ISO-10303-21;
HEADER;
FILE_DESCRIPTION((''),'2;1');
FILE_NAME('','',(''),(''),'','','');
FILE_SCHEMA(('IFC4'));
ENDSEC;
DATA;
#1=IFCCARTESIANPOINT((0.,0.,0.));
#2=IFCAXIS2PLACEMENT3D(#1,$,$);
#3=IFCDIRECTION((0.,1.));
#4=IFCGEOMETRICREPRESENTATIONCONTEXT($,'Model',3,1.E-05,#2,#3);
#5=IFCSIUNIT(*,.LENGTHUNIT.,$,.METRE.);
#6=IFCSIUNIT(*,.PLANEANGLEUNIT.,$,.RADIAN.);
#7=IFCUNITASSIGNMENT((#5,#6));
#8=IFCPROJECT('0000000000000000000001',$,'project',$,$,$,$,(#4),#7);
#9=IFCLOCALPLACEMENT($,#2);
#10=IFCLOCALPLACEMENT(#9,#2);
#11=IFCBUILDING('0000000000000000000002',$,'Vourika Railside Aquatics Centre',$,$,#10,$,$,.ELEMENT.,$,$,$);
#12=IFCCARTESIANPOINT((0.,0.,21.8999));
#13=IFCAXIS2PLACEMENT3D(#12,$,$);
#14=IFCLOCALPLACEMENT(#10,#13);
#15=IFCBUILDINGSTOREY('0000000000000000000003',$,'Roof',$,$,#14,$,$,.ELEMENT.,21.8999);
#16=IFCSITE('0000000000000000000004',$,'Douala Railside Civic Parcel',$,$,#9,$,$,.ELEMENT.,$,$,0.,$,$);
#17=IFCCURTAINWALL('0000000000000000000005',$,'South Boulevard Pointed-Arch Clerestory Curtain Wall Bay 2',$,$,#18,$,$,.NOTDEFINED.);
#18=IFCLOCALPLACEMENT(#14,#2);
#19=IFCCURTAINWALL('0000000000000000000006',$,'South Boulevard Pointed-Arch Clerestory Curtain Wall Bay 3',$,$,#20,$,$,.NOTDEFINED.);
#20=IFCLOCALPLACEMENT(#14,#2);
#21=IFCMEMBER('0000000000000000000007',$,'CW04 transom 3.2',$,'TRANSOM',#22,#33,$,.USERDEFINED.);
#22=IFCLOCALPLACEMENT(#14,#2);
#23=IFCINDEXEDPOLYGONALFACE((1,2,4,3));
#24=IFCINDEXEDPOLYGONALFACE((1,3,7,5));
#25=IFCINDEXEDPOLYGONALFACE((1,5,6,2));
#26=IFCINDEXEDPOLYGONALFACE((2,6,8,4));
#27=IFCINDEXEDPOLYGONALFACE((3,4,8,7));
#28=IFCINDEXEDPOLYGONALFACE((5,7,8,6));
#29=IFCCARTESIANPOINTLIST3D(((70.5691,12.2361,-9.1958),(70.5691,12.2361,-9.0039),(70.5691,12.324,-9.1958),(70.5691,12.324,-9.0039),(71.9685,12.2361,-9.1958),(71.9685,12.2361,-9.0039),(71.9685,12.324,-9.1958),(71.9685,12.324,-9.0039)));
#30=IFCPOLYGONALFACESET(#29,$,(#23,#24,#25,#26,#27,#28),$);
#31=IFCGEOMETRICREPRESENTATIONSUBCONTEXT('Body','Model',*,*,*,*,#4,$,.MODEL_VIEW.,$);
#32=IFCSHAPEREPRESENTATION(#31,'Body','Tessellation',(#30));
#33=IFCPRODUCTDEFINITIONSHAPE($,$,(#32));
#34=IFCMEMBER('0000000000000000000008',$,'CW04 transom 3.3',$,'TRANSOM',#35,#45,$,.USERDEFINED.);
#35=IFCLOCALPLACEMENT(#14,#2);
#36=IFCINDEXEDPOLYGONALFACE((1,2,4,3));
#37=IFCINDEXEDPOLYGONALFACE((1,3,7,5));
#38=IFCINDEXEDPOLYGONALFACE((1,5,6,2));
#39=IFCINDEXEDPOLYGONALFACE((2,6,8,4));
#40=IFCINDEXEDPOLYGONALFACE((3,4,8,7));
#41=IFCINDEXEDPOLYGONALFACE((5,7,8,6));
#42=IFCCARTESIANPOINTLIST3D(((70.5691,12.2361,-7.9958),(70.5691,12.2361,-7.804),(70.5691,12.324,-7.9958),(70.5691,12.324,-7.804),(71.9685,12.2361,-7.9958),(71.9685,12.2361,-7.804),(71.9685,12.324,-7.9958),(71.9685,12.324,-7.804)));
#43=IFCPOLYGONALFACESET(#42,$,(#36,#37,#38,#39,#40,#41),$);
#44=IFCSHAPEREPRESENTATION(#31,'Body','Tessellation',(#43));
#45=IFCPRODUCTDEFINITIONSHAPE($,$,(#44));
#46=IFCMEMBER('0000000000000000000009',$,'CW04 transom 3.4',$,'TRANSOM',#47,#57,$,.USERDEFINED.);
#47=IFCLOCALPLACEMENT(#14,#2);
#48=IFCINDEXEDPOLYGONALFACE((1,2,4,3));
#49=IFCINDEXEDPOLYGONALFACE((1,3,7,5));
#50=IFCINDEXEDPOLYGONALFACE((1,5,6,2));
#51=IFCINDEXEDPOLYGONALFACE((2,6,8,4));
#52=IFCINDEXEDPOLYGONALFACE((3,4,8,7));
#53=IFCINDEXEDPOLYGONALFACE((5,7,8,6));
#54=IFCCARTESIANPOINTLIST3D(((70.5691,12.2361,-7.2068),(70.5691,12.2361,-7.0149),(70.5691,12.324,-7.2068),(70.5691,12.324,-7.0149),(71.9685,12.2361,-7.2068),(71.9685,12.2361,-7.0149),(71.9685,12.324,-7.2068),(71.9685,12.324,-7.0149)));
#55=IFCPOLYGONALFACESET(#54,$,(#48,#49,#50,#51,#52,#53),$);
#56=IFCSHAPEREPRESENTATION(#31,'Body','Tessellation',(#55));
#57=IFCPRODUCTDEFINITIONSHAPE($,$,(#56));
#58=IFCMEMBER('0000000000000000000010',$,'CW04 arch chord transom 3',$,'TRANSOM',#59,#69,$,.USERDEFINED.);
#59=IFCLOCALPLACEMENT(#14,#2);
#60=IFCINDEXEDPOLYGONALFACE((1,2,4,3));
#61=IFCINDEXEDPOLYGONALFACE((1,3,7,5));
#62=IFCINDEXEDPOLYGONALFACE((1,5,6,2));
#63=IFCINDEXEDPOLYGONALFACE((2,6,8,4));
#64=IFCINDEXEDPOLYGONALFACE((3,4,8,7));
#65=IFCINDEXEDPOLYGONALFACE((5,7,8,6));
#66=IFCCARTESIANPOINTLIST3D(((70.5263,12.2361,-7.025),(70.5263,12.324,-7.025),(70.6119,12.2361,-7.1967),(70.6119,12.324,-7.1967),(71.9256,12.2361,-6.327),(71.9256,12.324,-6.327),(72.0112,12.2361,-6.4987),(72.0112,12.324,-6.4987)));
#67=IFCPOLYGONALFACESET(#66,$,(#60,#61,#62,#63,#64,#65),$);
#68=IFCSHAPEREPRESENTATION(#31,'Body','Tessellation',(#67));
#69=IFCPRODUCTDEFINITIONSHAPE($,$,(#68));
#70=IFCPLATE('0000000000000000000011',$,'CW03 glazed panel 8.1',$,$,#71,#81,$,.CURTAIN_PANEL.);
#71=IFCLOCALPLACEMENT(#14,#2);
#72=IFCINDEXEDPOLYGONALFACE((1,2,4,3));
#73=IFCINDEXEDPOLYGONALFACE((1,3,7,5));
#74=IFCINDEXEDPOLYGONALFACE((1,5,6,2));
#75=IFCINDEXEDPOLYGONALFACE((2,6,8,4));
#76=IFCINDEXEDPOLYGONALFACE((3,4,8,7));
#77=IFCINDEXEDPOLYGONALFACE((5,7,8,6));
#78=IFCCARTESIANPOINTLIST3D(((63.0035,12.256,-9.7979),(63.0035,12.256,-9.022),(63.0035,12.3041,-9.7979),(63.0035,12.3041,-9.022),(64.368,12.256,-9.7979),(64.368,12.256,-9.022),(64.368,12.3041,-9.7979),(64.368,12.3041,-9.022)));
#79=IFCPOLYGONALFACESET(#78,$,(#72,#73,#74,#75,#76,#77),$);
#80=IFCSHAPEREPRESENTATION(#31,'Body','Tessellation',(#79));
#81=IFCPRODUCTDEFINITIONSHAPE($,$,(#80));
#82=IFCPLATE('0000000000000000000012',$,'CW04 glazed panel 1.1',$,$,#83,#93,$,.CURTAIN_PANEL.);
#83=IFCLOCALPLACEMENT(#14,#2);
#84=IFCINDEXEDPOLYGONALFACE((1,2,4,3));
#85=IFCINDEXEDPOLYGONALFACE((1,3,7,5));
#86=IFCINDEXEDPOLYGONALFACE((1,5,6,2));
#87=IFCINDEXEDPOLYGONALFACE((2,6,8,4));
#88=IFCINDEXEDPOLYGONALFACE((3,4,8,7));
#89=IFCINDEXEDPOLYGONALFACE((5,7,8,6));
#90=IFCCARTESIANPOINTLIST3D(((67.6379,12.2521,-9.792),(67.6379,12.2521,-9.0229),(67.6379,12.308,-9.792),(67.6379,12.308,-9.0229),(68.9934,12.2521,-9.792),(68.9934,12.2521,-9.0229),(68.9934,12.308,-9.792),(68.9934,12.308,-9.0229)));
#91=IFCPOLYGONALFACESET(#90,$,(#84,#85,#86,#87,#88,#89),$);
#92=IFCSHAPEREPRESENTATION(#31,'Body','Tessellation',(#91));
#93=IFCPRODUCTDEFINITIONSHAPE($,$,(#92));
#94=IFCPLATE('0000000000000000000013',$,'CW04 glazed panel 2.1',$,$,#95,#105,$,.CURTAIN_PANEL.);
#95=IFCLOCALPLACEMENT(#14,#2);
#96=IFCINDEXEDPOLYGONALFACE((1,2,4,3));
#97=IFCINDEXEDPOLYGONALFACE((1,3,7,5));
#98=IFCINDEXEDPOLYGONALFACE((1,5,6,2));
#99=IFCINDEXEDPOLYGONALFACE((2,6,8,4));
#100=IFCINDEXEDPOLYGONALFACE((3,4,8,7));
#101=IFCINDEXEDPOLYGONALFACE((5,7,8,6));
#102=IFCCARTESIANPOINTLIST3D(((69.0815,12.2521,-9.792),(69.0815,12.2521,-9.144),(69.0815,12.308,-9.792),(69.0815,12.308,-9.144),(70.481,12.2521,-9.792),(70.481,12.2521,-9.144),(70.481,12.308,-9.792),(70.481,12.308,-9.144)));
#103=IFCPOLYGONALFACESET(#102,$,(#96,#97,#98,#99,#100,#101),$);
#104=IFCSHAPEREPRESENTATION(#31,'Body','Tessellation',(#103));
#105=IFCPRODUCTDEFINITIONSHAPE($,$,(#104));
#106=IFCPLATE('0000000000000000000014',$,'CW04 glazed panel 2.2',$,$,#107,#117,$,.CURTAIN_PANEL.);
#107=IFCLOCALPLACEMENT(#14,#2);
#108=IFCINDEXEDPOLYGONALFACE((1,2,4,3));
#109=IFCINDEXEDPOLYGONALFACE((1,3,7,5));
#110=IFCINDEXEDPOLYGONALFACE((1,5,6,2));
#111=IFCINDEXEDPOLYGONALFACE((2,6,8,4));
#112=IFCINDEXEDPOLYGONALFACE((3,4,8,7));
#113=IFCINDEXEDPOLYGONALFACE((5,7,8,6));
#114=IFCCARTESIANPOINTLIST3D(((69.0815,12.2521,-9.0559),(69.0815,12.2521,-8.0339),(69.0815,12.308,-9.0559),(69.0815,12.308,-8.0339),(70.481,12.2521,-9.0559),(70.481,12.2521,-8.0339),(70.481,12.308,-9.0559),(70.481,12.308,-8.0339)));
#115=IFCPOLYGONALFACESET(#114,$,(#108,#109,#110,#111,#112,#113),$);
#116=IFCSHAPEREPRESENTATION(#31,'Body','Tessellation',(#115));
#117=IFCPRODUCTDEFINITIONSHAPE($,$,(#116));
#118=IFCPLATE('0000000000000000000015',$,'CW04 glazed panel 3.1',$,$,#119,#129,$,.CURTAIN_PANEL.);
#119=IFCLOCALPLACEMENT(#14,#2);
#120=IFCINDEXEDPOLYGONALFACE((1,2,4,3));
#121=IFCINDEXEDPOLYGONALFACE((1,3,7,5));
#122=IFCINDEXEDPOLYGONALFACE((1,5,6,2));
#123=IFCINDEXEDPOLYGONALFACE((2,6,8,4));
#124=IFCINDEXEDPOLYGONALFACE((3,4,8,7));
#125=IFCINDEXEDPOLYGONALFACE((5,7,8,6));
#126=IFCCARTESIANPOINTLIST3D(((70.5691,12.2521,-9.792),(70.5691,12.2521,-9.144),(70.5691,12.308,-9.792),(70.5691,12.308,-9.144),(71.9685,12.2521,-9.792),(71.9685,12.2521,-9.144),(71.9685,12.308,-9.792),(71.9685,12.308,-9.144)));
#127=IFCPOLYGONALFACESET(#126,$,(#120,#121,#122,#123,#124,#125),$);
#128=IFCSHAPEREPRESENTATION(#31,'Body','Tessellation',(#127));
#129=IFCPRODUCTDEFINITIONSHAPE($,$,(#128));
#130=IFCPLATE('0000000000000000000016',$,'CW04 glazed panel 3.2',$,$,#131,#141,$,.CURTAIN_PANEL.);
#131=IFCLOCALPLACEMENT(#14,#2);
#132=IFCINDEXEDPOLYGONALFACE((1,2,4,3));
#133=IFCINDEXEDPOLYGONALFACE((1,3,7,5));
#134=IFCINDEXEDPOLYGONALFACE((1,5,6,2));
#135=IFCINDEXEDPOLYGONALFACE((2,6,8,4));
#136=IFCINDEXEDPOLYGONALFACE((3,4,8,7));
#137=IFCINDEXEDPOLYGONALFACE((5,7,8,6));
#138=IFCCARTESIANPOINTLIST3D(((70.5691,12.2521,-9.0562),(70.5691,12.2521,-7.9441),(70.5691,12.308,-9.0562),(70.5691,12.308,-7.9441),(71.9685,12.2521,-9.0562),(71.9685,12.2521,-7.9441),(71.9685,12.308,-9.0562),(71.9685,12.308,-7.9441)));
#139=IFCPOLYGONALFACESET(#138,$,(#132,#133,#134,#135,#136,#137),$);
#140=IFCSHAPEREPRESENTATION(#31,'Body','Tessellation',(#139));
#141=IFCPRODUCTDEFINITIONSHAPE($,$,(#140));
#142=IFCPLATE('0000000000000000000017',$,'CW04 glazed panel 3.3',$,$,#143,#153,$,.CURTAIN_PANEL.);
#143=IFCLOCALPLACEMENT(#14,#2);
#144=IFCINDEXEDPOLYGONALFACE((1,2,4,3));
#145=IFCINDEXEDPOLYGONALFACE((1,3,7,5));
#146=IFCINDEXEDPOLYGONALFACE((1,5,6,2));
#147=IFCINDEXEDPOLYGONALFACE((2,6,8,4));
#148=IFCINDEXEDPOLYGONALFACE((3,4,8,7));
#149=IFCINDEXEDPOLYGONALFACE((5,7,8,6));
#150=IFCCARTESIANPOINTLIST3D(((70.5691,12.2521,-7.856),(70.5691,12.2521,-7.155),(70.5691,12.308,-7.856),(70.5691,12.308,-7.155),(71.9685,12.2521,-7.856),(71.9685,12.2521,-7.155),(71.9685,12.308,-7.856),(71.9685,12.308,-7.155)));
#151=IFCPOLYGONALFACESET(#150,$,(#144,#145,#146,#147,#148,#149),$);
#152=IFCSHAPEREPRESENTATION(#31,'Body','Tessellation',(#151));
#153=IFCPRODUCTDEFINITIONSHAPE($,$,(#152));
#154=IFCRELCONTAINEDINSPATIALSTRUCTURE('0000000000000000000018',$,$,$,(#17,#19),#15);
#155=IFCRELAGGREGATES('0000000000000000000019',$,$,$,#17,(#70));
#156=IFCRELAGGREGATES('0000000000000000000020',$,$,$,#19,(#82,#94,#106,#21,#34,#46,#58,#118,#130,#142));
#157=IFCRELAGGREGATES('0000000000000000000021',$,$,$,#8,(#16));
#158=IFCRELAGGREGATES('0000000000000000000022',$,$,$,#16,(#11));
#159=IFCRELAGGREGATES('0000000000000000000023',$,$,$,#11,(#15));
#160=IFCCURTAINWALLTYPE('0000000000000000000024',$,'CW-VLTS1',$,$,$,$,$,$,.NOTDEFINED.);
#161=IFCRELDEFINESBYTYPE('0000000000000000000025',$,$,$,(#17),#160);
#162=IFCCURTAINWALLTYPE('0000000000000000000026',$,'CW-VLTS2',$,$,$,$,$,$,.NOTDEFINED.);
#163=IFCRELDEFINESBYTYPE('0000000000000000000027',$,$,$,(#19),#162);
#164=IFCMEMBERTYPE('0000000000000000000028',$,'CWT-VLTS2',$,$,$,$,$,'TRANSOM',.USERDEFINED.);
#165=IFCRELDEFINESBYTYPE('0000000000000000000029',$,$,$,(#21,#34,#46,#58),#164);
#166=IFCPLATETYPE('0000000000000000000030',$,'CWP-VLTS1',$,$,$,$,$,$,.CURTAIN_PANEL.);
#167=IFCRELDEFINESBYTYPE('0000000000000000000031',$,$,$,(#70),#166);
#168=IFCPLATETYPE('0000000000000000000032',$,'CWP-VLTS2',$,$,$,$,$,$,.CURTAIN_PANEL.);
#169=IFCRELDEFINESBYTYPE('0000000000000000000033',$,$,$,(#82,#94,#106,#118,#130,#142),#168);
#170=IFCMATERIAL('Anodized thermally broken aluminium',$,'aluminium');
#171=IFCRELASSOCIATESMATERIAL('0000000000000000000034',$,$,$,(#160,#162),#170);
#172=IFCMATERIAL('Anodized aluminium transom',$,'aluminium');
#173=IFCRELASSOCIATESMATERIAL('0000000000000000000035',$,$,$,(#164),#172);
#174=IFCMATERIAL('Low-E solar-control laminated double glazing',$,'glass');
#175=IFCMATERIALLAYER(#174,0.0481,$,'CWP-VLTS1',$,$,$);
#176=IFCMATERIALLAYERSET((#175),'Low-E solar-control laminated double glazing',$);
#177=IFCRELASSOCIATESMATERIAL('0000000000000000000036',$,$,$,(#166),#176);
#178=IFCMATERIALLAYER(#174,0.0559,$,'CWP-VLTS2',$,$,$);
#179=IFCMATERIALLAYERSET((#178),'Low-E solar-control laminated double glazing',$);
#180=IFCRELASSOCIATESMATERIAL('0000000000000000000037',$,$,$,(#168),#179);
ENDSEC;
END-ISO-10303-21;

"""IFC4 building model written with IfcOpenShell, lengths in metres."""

from ifc_helpers import new_model, si_unit, direction, frame, origin, origin_2d, place, context, subcontext, project, spatial, rectangle, extrude, material, layer, layer_set, material_profile, profile_set, type_object, element, aggregate, save


model = new_model("IFC4")

# Units and contexts
model_context = context("Model", 3, precision=1e-05, world=origin(), true_north=direction((0.0, 1.0)))
body_context = subcontext(model_context, "Body", "Model", "MODEL_VIEW")
ifc_project = project(units=[si_unit("LENGTHUNIT", "METRE"), si_unit("PLANEANGLEUNIT", "RADIAN")], contexts=[model_context])

# Site, building, storey
site_placement = place(None, origin())
site = spatial("IfcSite", under=ifc_project, at=site_placement, Name="Douala Railside Civic Parcel", CompositionType="ELEMENT", RefElevation=0.0)
building_placement = place(site_placement, origin())
building = spatial("IfcBuilding", under=site, at=building_placement, Name="Vourika Railside Aquatics Centre", CompositionType="ELEMENT")
storey_placement = place(building_placement, frame((0.0, 0.0, 21.8999)))
storey = spatial("IfcBuildingStorey", under=building, at=storey_placement, Name="Roof", CompositionType="ELEMENT", Elevation=21.8999)

# Curtain wall
ifc_material_1 = material(Name="Anodized thermally broken aluminium", Category="aluminium")
curtain_wall_type_1 = type_object("IfcCurtainWallType", Name="CW-VLTS1", PredefinedType="NOTDEFINED", material=ifc_material_1)
curtain_wall_1_placement = place(storey_placement, origin())
curtain_wall_1 = element("IfcCurtainWall", 1, at=curtain_wall_1_placement, inside=storey, type_object=curtain_wall_type_1, Name="South Boulevard Pointed-Arch Clerestory Curtain Wall Bay 2", PredefinedType="NOTDEFINED")

# Curtain wall
curtain_wall_type_2 = type_object("IfcCurtainWallType", Name="CW-VLTS2", PredefinedType="NOTDEFINED", material=ifc_material_1)
curtain_wall_2_placement = place(storey_placement, origin())
curtain_wall_2 = element("IfcCurtainWall", 2, at=curtain_wall_2_placement, inside=storey, type_object=curtain_wall_type_2, Name="South Boulevard Pointed-Arch Clerestory Curtain Wall Bay 3", PredefinedType="NOTDEFINED")

# Members
ifc_material_2 = material(Name="Anodized aluminium transom", Category="aluminium")
ifc_material_profile_1 = material_profile(ifc_material_2, rectangle(XDim=0.0879, YDim=0.1919, at=origin_2d()), Name="ALU-T 88x192")
ifc_profile_set_1 = profile_set([ifc_material_profile_1], Name="Anodized aluminium transom")
member_type_1 = type_object("IfcMemberType", Name="CWT-VLTS2", ElementType="TRANSOM", PredefinedType="USERDEFINED", material=ifc_profile_set_1)
member_1_placement = place(storey_placement, frame((70.5691, 12.28, -9.0999), z_axis=(1.0, 0.0, 0.0), x_axis=(0.0, 1.0, 0.0)))
member_1 = element("IfcMember", 3, at=member_1_placement, type_object=member_type_1, Name="CW04 transom 3.2", ObjectType="TRANSOM", PredefinedType="USERDEFINED", context=body_context, shape_type="SweptSolid", body=[
    extrude(rectangle(XDim=0.0879, YDim=0.1919, at=origin_2d()), origin(), (0.0, 0.0, 1.0), 1.3994),
])
member_2_placement = place(storey_placement, frame((70.5691, 12.28, -7.8999), z_axis=(1.0, 0.0, 0.0), x_axis=(0.0, 1.0, 0.0)))
member_2 = element("IfcMember", 4, at=member_2_placement, type_object=member_type_1, Name="CW04 transom 3.3", ObjectType="TRANSOM", PredefinedType="USERDEFINED", context=body_context, shape_type="SweptSolid", body=[
    extrude(rectangle(XDim=0.0879, YDim=0.1919, at=origin_2d()), origin(), (0.0, 0.0, 1.0), 1.3994),
])
member_3_placement = place(storey_placement, frame((70.5691, 12.28, -7.1108), z_axis=(1.0, 0.0, 0.0), x_axis=(0.0, 1.0, 0.0)))
member_3 = element("IfcMember", 5, at=member_3_placement, type_object=member_type_1, Name="CW04 transom 3.4", ObjectType="TRANSOM", PredefinedType="USERDEFINED", context=body_context, shape_type="SweptSolid", body=[
    extrude(rectangle(XDim=0.0879, YDim=0.1919, at=origin_2d()), origin(), (0.0, 0.0, 1.0), 1.3994),
])
member_4_placement = place(storey_placement, frame((70.5691, 12.28, -7.1108), z_axis=(0.894864, 0.0, 0.446339), x_axis=(0.0, 1.0, 0.0)))
member_4 = element("IfcMember", 6, at=member_4_placement, type_object=member_type_1, Name="CW04 arch chord transom 3", ObjectType="TRANSOM", PredefinedType="USERDEFINED", context=body_context, shape_type="SweptSolid", body=[
    extrude(rectangle(XDim=0.0879, YDim=0.1919, at=origin_2d()), origin(), (0.0, 0.0, 1.0), 1.5637),
])

# Plates
ifc_material_3 = material(Name="Low-E solar-control laminated double glazing", Category="glass")
ifc_layer_1 = layer(ifc_material_3, 0.0481, Name="CWP-VLTS1")
ifc_layer_set_1 = layer_set([ifc_layer_1], Name="Low-E solar-control laminated double glazing")
plate_type_1 = type_object("IfcPlateType", Name="CWP-VLTS1", PredefinedType="CURTAIN_PANEL", material=ifc_layer_set_1)
plate_1_placement = place(storey_placement, frame((63.6858, 12.28, -9.7979), z_axis=(0.0, 0.0, 1.0), x_axis=(1.0, 0.0, 0.0)))
plate_1 = element("IfcPlate", 7, at=plate_1_placement, type_object=plate_type_1, Name="CW03 glazed panel 8.1", PredefinedType="CURTAIN_PANEL", context=body_context, shape_type="SweptSolid", body=[
    extrude(rectangle(XDim=1.3645, YDim=0.0481, at=origin_2d()), origin(), (0.0, 0.0, 1.0), 0.7759),
])
aggregate(curtain_wall_1, [plate_1])
ifc_layer_2 = layer(ifc_material_3, 0.0559, Name="CWP-VLTS2")
ifc_layer_set_2 = layer_set([ifc_layer_2], Name="Low-E solar-control laminated double glazing")
plate_type_2 = type_object("IfcPlateType", Name="CWP-VLTS2", PredefinedType="CURTAIN_PANEL", material=ifc_layer_set_2)
plate_2_placement = place(storey_placement, frame((68.3157, 12.28, -9.792), z_axis=(0.0, 0.0, 1.0), x_axis=(1.0, 0.0, 0.0)))
plate_2 = element("IfcPlate", 8, at=plate_2_placement, type_object=plate_type_2, Name="CW04 glazed panel 1.1", PredefinedType="CURTAIN_PANEL", context=body_context, shape_type="SweptSolid", body=[
    extrude(rectangle(XDim=1.3555, YDim=0.0559, at=origin_2d()), origin(), (0.0, 0.0, 1.0), 0.769),
])
plate_3_placement = place(storey_placement, frame((69.7812, 12.28, -9.792), z_axis=(0.0, 0.0, 1.0), x_axis=(1.0, 0.0, 0.0)))
plate_3 = element("IfcPlate", 9, at=plate_3_placement, type_object=plate_type_2, Name="CW04 glazed panel 2.1", PredefinedType="CURTAIN_PANEL", context=body_context, shape_type="SweptSolid", body=[
    extrude(rectangle(XDim=1.3994, YDim=0.0559, at=origin_2d()), origin(), (0.0, 0.0, 1.0), 0.6479),
])
plate_4_placement = place(storey_placement, frame((69.7812, 12.28, -9.0559), z_axis=(0.0, 0.0, 1.0), x_axis=(1.0, 0.0, 0.0)))
plate_4 = element("IfcPlate", 10, at=plate_4_placement, type_object=plate_type_2, Name="CW04 glazed panel 2.2", PredefinedType="CURTAIN_PANEL", context=body_context, shape_type="SweptSolid", body=[
    extrude(rectangle(XDim=1.3994, YDim=0.0559, at=origin_2d()), origin(), (0.0, 0.0, 1.0), 1.022),
])
plate_5_placement = place(storey_placement, frame((71.2688, 12.28, -9.792), z_axis=(0.0, 0.0, 1.0), x_axis=(1.0, 0.0, 0.0)))
plate_5 = element("IfcPlate", 11, at=plate_5_placement, type_object=plate_type_2, Name="CW04 glazed panel 3.1", PredefinedType="CURTAIN_PANEL", context=body_context, shape_type="SweptSolid", body=[
    extrude(rectangle(XDim=1.3994, YDim=0.0559, at=origin_2d()), origin(), (0.0, 0.0, 1.0), 0.6479),
])
plate_6_placement = place(storey_placement, frame((71.2688, 12.28, -9.0562), z_axis=(0.0, 0.0, 1.0), x_axis=(1.0, 0.0, 0.0)))
plate_6 = element("IfcPlate", 12, at=plate_6_placement, type_object=plate_type_2, Name="CW04 glazed panel 3.2", PredefinedType="CURTAIN_PANEL", context=body_context, shape_type="SweptSolid", body=[
    extrude(rectangle(XDim=1.3994, YDim=0.0559, at=origin_2d()), origin(), (0.0, 0.0, 1.0), 1.1121),
])
plate_7_placement = place(storey_placement, frame((71.2688, 12.28, -7.856), z_axis=(0.0, 0.0, 1.0), x_axis=(1.0, 0.0, 0.0)))
plate_7 = element("IfcPlate", 13, at=plate_7_placement, type_object=plate_type_2, Name="CW04 glazed panel 3.3", PredefinedType="CURTAIN_PANEL", context=body_context, shape_type="SweptSolid", body=[
    extrude(rectangle(XDim=1.3994, YDim=0.0559, at=origin_2d()), origin(), (0.0, 0.0, 1.0), 0.7009),
])
aggregate(curtain_wall_2, [plate_2, plate_3, plate_4, member_1, member_2, member_3, member_4, plate_5, plate_6, plate_7])

save(model, "model.ifc")
